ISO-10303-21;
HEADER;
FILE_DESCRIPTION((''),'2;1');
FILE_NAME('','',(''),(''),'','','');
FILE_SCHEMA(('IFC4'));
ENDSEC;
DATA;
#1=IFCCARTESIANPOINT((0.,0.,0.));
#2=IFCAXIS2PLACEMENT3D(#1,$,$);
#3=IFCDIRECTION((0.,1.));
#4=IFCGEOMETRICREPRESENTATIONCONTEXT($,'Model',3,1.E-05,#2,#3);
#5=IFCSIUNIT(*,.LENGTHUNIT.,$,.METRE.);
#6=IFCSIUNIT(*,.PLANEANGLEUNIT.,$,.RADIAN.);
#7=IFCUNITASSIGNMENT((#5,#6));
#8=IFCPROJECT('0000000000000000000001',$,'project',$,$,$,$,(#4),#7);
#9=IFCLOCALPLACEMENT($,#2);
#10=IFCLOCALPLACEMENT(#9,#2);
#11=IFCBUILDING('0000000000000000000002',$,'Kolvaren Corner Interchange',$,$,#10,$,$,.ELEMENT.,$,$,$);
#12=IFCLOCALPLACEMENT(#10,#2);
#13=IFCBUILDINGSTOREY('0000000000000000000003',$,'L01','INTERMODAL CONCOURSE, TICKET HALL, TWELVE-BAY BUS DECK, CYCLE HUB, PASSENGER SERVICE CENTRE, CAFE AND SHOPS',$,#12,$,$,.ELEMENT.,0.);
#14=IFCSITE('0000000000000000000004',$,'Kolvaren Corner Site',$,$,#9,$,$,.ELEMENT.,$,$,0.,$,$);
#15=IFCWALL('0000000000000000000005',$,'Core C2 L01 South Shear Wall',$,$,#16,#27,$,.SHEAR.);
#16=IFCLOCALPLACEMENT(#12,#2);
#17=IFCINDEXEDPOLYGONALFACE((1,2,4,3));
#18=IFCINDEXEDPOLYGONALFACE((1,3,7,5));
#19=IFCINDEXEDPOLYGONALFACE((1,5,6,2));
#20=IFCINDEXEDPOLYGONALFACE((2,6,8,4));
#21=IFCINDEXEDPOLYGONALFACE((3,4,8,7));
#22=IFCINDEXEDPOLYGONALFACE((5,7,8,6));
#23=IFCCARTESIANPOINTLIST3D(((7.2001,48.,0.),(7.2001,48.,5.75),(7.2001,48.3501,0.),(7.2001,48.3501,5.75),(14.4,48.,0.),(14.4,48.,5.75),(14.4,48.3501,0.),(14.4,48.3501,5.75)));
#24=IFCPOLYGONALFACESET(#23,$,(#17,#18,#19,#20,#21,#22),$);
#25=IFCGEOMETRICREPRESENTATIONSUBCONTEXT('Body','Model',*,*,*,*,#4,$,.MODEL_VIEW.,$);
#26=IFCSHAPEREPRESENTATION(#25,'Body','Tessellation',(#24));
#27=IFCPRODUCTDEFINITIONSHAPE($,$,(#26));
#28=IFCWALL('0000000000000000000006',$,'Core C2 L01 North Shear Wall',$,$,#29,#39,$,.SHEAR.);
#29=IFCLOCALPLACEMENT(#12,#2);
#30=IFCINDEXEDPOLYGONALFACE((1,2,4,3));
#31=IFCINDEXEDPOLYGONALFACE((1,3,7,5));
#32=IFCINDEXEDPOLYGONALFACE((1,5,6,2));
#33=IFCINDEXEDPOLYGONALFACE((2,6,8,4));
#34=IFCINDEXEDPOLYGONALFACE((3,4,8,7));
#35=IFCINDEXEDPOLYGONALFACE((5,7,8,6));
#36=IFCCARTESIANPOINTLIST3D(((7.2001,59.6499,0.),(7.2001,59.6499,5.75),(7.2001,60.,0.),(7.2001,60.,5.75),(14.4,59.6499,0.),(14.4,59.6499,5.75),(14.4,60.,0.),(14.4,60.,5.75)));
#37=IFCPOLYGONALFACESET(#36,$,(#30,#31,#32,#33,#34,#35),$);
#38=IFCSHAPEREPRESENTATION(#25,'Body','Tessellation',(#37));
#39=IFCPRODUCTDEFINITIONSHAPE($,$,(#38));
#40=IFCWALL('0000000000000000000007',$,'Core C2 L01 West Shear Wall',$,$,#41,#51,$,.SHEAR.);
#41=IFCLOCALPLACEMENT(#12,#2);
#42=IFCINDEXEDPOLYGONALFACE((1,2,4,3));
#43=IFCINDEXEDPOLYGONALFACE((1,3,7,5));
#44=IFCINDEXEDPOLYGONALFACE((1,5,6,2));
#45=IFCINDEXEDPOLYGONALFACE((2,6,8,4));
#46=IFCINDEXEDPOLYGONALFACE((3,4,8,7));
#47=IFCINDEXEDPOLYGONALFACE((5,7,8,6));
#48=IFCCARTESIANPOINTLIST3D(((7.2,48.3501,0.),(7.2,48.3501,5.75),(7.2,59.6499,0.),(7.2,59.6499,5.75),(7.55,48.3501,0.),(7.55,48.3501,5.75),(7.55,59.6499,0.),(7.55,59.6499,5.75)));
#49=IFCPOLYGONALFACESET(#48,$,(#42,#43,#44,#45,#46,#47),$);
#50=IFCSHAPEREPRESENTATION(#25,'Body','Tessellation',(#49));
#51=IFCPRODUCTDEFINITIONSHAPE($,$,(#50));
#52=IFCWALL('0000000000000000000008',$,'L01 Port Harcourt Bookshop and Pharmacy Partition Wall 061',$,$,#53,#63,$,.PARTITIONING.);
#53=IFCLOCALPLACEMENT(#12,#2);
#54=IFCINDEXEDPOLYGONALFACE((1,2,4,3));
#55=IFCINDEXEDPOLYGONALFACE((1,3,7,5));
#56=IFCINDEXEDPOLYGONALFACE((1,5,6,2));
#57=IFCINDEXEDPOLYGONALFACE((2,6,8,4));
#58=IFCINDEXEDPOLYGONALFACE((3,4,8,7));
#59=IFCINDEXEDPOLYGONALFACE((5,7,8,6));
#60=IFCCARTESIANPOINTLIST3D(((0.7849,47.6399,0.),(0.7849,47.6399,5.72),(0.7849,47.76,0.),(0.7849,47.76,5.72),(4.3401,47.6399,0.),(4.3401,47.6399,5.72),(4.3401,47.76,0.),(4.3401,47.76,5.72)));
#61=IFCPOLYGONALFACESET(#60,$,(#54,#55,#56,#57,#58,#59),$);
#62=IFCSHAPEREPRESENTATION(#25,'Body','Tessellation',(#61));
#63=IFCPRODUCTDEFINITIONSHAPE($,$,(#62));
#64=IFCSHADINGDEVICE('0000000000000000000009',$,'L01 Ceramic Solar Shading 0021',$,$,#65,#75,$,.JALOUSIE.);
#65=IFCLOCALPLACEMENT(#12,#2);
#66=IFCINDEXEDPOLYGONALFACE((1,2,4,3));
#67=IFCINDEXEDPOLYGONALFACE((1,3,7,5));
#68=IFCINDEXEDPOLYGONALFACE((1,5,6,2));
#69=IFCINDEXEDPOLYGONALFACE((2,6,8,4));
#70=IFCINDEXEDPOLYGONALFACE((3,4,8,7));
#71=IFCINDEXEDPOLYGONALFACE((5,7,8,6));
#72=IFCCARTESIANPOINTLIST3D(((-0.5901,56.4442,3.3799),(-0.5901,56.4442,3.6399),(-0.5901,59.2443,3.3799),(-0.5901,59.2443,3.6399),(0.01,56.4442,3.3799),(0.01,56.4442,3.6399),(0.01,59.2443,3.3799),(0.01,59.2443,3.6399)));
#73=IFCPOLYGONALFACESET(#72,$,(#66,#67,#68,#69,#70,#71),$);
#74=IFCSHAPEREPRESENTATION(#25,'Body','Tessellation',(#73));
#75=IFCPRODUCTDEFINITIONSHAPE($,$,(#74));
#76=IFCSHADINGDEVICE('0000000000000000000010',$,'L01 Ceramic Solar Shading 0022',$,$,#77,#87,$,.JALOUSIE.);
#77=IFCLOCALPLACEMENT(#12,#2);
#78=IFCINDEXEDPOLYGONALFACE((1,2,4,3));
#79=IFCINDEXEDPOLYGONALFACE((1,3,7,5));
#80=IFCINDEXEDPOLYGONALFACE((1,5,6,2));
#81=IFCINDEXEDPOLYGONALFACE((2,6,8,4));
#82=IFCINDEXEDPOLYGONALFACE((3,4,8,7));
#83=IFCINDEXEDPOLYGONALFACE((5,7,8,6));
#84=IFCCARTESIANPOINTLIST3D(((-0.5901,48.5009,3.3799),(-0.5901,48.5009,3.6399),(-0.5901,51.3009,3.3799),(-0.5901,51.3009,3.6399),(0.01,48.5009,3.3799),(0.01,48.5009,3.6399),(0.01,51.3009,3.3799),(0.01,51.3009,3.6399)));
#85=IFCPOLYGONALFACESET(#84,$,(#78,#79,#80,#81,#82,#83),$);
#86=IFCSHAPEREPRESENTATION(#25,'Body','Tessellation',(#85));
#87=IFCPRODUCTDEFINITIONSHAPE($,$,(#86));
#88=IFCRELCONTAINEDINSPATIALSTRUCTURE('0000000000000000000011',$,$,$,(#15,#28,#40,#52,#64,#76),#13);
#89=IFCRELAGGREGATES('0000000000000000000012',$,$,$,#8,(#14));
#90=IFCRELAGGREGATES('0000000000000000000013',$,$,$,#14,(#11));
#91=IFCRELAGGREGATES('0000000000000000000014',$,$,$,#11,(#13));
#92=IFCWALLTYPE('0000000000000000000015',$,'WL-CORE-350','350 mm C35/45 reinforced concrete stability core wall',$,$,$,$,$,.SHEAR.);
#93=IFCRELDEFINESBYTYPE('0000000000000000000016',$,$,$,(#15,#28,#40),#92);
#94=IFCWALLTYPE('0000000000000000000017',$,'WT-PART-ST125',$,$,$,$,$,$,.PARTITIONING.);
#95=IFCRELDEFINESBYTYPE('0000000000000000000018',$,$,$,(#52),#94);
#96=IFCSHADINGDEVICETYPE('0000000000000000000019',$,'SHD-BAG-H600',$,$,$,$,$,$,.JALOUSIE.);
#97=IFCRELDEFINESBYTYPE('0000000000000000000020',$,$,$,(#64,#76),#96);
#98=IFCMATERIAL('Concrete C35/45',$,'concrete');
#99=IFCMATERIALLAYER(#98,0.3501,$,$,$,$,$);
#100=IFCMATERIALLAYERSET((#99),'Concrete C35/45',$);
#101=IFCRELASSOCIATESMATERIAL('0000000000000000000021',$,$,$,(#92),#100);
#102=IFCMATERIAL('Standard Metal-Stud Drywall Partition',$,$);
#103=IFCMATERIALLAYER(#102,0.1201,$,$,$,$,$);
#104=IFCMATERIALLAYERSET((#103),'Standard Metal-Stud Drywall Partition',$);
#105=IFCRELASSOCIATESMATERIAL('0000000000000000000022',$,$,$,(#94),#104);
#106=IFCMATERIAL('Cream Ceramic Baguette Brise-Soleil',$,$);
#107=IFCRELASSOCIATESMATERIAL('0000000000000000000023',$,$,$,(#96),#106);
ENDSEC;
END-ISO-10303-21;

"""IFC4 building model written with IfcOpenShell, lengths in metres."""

from ifc_helpers import new_model, si_unit, direction, frame, frame_2d, origin, origin_2d, place, context, subcontext, project, spatial, rectangle, extrude, material, layer, layer_set, type_object, element, save


model = new_model("IFC4")

# Units and contexts
model_context = context("Model", 3, precision=1e-05, world=origin(), true_north=direction((0.0, 1.0)))
body_context = subcontext(model_context, "Body", "Model", "MODEL_VIEW")
ifc_project = project(units=[si_unit("LENGTHUNIT", "METRE"), si_unit("PLANEANGLEUNIT", "RADIAN")], contexts=[model_context])

# Site, building, storey
site_placement = place(None, origin())
site = spatial("IfcSite", under=ifc_project, at=site_placement, Name="Kolvaren Corner Site", CompositionType="ELEMENT", RefElevation=0.0)
building_placement = place(site_placement, origin())
building = spatial("IfcBuilding", under=site, at=building_placement, Name="Kolvaren Corner Interchange", CompositionType="ELEMENT")
storey_placement = place(building_placement, origin())
storey = spatial("IfcBuildingStorey", under=building, at=storey_placement, Name="L01", Description="INTERMODAL CONCOURSE, TICKET HALL, TWELVE-BAY BUS DECK, CYCLE HUB, PASSENGER SERVICE CENTRE, CAFE AND SHOPS", CompositionType="ELEMENT", Elevation=0.0)

# Walls
ifc_material_1 = material(Name="Concrete C35/45", Category="concrete")
ifc_layer_1 = layer(ifc_material_1, 0.3501)
ifc_layer_set_1 = layer_set([ifc_layer_1], Name="Concrete C35/45")
wall_type_1 = type_object("IfcWallType", Name="WL-CORE-350", Description="350 mm C35/45 reinforced concrete stability core wall", PredefinedType="SHEAR", material=ifc_layer_set_1)
for number, where, z_axis, x_axis, name in (
    (1, (7.2, 48.175, 0.0), (0.0, 0.0, 1.0), (1.0, 0.0, 0.0), "Core C2 L01 South Shear Wall"),
    (2, (7.2, 59.825, 0.0), (0.0, 0.0, 1.0), (1.0, 0.0, 0.0), "Core C2 L01 North Shear Wall"),
):
    element("IfcWall", number, at=place(storey_placement, frame(where, z_axis=z_axis, x_axis=x_axis)), inside=storey, type_object=wall_type_1, Name=name, PredefinedType="SHEAR", context=body_context, shape_type="SweptSolid", body=[
        extrude(rectangle(XDim=7.2, YDim=0.3501, at=frame_2d((3.6001, 0.0))), origin(), (0.0, 0.0, 1.0), 5.75),
    ])
wall_1_placement = place(storey_placement, frame((7.375, 48.3501, 0.0), z_axis=(0.0, 0.0, 1.0), x_axis=(0.0, 1.0, 0.0)))
element("IfcWall", 3, at=wall_1_placement, inside=storey, type_object=wall_type_1, Name="Core C2 L01 West Shear Wall", PredefinedType="SHEAR", context=body_context, shape_type="SweptSolid", body=[
    extrude(rectangle(XDim=11.2998, YDim=0.3501, at=frame_2d((5.6499, 0.0))), origin(), (0.0, 0.0, 1.0), 5.75),
])
ifc_material_2 = material(Name="Standard Metal-Stud Drywall Partition")
ifc_layer_2 = layer(ifc_material_2, 0.1201)
ifc_layer_set_2 = layer_set([ifc_layer_2], Name="Standard Metal-Stud Drywall Partition")
wall_type_2 = type_object("IfcWallType", Name="WT-PART-ST125", PredefinedType="PARTITIONING", material=ifc_layer_set_2)
wall_2_placement = place(storey_placement, frame((4.3401, 47.7, 0.0), z_axis=(0.0, 0.0, 1.0), x_axis=(-1.0, 0.0, 0.0)))
element("IfcWall", 4, at=wall_2_placement, inside=storey, type_object=wall_type_2, Name="L01 Port Harcourt Bookshop and Pharmacy Partition Wall 061", PredefinedType="PARTITIONING", context=body_context, shape_type="SweptSolid", body=[
    extrude(rectangle(XDim=3.5552, YDim=0.1201, at=frame_2d((1.7776, 0.0))), origin(), (0.0, 0.0, 1.0), 5.72),
])

# Shading devices
ifc_material_3 = material(Name="Cream Ceramic Baguette Brise-Soleil")
shading_device_type = type_object("IfcShadingDeviceType", Name="SHD-BAG-H600", PredefinedType="JALOUSIE", material=ifc_material_3)
for number, where, z_axis, x_axis, name in (
    (5, (-0.29, 57.8442, 3.3799), (0.0, 0.0, 1.0), (0.0, -1.0, 0.0), "L01 Ceramic Solar Shading 0021"),
    (6, (-0.29, 49.9009, 3.3799), (0.0, 0.0, 1.0), (0.0, -1.0, 0.0), "L01 Ceramic Solar Shading 0022"),
):
    element("IfcShadingDevice", number, at=place(storey_placement, frame(where, z_axis=z_axis, x_axis=x_axis)), inside=storey, type_object=shading_device_type, Name=name, PredefinedType="JALOUSIE", context=body_context, shape_type="SweptSolid", body=[
        extrude(rectangle(XDim=2.8, YDim=0.6001, at=origin_2d()), origin(), (0.0, 0.0, 1.0), 0.26),
    ])

save(model, "model.ifc")
